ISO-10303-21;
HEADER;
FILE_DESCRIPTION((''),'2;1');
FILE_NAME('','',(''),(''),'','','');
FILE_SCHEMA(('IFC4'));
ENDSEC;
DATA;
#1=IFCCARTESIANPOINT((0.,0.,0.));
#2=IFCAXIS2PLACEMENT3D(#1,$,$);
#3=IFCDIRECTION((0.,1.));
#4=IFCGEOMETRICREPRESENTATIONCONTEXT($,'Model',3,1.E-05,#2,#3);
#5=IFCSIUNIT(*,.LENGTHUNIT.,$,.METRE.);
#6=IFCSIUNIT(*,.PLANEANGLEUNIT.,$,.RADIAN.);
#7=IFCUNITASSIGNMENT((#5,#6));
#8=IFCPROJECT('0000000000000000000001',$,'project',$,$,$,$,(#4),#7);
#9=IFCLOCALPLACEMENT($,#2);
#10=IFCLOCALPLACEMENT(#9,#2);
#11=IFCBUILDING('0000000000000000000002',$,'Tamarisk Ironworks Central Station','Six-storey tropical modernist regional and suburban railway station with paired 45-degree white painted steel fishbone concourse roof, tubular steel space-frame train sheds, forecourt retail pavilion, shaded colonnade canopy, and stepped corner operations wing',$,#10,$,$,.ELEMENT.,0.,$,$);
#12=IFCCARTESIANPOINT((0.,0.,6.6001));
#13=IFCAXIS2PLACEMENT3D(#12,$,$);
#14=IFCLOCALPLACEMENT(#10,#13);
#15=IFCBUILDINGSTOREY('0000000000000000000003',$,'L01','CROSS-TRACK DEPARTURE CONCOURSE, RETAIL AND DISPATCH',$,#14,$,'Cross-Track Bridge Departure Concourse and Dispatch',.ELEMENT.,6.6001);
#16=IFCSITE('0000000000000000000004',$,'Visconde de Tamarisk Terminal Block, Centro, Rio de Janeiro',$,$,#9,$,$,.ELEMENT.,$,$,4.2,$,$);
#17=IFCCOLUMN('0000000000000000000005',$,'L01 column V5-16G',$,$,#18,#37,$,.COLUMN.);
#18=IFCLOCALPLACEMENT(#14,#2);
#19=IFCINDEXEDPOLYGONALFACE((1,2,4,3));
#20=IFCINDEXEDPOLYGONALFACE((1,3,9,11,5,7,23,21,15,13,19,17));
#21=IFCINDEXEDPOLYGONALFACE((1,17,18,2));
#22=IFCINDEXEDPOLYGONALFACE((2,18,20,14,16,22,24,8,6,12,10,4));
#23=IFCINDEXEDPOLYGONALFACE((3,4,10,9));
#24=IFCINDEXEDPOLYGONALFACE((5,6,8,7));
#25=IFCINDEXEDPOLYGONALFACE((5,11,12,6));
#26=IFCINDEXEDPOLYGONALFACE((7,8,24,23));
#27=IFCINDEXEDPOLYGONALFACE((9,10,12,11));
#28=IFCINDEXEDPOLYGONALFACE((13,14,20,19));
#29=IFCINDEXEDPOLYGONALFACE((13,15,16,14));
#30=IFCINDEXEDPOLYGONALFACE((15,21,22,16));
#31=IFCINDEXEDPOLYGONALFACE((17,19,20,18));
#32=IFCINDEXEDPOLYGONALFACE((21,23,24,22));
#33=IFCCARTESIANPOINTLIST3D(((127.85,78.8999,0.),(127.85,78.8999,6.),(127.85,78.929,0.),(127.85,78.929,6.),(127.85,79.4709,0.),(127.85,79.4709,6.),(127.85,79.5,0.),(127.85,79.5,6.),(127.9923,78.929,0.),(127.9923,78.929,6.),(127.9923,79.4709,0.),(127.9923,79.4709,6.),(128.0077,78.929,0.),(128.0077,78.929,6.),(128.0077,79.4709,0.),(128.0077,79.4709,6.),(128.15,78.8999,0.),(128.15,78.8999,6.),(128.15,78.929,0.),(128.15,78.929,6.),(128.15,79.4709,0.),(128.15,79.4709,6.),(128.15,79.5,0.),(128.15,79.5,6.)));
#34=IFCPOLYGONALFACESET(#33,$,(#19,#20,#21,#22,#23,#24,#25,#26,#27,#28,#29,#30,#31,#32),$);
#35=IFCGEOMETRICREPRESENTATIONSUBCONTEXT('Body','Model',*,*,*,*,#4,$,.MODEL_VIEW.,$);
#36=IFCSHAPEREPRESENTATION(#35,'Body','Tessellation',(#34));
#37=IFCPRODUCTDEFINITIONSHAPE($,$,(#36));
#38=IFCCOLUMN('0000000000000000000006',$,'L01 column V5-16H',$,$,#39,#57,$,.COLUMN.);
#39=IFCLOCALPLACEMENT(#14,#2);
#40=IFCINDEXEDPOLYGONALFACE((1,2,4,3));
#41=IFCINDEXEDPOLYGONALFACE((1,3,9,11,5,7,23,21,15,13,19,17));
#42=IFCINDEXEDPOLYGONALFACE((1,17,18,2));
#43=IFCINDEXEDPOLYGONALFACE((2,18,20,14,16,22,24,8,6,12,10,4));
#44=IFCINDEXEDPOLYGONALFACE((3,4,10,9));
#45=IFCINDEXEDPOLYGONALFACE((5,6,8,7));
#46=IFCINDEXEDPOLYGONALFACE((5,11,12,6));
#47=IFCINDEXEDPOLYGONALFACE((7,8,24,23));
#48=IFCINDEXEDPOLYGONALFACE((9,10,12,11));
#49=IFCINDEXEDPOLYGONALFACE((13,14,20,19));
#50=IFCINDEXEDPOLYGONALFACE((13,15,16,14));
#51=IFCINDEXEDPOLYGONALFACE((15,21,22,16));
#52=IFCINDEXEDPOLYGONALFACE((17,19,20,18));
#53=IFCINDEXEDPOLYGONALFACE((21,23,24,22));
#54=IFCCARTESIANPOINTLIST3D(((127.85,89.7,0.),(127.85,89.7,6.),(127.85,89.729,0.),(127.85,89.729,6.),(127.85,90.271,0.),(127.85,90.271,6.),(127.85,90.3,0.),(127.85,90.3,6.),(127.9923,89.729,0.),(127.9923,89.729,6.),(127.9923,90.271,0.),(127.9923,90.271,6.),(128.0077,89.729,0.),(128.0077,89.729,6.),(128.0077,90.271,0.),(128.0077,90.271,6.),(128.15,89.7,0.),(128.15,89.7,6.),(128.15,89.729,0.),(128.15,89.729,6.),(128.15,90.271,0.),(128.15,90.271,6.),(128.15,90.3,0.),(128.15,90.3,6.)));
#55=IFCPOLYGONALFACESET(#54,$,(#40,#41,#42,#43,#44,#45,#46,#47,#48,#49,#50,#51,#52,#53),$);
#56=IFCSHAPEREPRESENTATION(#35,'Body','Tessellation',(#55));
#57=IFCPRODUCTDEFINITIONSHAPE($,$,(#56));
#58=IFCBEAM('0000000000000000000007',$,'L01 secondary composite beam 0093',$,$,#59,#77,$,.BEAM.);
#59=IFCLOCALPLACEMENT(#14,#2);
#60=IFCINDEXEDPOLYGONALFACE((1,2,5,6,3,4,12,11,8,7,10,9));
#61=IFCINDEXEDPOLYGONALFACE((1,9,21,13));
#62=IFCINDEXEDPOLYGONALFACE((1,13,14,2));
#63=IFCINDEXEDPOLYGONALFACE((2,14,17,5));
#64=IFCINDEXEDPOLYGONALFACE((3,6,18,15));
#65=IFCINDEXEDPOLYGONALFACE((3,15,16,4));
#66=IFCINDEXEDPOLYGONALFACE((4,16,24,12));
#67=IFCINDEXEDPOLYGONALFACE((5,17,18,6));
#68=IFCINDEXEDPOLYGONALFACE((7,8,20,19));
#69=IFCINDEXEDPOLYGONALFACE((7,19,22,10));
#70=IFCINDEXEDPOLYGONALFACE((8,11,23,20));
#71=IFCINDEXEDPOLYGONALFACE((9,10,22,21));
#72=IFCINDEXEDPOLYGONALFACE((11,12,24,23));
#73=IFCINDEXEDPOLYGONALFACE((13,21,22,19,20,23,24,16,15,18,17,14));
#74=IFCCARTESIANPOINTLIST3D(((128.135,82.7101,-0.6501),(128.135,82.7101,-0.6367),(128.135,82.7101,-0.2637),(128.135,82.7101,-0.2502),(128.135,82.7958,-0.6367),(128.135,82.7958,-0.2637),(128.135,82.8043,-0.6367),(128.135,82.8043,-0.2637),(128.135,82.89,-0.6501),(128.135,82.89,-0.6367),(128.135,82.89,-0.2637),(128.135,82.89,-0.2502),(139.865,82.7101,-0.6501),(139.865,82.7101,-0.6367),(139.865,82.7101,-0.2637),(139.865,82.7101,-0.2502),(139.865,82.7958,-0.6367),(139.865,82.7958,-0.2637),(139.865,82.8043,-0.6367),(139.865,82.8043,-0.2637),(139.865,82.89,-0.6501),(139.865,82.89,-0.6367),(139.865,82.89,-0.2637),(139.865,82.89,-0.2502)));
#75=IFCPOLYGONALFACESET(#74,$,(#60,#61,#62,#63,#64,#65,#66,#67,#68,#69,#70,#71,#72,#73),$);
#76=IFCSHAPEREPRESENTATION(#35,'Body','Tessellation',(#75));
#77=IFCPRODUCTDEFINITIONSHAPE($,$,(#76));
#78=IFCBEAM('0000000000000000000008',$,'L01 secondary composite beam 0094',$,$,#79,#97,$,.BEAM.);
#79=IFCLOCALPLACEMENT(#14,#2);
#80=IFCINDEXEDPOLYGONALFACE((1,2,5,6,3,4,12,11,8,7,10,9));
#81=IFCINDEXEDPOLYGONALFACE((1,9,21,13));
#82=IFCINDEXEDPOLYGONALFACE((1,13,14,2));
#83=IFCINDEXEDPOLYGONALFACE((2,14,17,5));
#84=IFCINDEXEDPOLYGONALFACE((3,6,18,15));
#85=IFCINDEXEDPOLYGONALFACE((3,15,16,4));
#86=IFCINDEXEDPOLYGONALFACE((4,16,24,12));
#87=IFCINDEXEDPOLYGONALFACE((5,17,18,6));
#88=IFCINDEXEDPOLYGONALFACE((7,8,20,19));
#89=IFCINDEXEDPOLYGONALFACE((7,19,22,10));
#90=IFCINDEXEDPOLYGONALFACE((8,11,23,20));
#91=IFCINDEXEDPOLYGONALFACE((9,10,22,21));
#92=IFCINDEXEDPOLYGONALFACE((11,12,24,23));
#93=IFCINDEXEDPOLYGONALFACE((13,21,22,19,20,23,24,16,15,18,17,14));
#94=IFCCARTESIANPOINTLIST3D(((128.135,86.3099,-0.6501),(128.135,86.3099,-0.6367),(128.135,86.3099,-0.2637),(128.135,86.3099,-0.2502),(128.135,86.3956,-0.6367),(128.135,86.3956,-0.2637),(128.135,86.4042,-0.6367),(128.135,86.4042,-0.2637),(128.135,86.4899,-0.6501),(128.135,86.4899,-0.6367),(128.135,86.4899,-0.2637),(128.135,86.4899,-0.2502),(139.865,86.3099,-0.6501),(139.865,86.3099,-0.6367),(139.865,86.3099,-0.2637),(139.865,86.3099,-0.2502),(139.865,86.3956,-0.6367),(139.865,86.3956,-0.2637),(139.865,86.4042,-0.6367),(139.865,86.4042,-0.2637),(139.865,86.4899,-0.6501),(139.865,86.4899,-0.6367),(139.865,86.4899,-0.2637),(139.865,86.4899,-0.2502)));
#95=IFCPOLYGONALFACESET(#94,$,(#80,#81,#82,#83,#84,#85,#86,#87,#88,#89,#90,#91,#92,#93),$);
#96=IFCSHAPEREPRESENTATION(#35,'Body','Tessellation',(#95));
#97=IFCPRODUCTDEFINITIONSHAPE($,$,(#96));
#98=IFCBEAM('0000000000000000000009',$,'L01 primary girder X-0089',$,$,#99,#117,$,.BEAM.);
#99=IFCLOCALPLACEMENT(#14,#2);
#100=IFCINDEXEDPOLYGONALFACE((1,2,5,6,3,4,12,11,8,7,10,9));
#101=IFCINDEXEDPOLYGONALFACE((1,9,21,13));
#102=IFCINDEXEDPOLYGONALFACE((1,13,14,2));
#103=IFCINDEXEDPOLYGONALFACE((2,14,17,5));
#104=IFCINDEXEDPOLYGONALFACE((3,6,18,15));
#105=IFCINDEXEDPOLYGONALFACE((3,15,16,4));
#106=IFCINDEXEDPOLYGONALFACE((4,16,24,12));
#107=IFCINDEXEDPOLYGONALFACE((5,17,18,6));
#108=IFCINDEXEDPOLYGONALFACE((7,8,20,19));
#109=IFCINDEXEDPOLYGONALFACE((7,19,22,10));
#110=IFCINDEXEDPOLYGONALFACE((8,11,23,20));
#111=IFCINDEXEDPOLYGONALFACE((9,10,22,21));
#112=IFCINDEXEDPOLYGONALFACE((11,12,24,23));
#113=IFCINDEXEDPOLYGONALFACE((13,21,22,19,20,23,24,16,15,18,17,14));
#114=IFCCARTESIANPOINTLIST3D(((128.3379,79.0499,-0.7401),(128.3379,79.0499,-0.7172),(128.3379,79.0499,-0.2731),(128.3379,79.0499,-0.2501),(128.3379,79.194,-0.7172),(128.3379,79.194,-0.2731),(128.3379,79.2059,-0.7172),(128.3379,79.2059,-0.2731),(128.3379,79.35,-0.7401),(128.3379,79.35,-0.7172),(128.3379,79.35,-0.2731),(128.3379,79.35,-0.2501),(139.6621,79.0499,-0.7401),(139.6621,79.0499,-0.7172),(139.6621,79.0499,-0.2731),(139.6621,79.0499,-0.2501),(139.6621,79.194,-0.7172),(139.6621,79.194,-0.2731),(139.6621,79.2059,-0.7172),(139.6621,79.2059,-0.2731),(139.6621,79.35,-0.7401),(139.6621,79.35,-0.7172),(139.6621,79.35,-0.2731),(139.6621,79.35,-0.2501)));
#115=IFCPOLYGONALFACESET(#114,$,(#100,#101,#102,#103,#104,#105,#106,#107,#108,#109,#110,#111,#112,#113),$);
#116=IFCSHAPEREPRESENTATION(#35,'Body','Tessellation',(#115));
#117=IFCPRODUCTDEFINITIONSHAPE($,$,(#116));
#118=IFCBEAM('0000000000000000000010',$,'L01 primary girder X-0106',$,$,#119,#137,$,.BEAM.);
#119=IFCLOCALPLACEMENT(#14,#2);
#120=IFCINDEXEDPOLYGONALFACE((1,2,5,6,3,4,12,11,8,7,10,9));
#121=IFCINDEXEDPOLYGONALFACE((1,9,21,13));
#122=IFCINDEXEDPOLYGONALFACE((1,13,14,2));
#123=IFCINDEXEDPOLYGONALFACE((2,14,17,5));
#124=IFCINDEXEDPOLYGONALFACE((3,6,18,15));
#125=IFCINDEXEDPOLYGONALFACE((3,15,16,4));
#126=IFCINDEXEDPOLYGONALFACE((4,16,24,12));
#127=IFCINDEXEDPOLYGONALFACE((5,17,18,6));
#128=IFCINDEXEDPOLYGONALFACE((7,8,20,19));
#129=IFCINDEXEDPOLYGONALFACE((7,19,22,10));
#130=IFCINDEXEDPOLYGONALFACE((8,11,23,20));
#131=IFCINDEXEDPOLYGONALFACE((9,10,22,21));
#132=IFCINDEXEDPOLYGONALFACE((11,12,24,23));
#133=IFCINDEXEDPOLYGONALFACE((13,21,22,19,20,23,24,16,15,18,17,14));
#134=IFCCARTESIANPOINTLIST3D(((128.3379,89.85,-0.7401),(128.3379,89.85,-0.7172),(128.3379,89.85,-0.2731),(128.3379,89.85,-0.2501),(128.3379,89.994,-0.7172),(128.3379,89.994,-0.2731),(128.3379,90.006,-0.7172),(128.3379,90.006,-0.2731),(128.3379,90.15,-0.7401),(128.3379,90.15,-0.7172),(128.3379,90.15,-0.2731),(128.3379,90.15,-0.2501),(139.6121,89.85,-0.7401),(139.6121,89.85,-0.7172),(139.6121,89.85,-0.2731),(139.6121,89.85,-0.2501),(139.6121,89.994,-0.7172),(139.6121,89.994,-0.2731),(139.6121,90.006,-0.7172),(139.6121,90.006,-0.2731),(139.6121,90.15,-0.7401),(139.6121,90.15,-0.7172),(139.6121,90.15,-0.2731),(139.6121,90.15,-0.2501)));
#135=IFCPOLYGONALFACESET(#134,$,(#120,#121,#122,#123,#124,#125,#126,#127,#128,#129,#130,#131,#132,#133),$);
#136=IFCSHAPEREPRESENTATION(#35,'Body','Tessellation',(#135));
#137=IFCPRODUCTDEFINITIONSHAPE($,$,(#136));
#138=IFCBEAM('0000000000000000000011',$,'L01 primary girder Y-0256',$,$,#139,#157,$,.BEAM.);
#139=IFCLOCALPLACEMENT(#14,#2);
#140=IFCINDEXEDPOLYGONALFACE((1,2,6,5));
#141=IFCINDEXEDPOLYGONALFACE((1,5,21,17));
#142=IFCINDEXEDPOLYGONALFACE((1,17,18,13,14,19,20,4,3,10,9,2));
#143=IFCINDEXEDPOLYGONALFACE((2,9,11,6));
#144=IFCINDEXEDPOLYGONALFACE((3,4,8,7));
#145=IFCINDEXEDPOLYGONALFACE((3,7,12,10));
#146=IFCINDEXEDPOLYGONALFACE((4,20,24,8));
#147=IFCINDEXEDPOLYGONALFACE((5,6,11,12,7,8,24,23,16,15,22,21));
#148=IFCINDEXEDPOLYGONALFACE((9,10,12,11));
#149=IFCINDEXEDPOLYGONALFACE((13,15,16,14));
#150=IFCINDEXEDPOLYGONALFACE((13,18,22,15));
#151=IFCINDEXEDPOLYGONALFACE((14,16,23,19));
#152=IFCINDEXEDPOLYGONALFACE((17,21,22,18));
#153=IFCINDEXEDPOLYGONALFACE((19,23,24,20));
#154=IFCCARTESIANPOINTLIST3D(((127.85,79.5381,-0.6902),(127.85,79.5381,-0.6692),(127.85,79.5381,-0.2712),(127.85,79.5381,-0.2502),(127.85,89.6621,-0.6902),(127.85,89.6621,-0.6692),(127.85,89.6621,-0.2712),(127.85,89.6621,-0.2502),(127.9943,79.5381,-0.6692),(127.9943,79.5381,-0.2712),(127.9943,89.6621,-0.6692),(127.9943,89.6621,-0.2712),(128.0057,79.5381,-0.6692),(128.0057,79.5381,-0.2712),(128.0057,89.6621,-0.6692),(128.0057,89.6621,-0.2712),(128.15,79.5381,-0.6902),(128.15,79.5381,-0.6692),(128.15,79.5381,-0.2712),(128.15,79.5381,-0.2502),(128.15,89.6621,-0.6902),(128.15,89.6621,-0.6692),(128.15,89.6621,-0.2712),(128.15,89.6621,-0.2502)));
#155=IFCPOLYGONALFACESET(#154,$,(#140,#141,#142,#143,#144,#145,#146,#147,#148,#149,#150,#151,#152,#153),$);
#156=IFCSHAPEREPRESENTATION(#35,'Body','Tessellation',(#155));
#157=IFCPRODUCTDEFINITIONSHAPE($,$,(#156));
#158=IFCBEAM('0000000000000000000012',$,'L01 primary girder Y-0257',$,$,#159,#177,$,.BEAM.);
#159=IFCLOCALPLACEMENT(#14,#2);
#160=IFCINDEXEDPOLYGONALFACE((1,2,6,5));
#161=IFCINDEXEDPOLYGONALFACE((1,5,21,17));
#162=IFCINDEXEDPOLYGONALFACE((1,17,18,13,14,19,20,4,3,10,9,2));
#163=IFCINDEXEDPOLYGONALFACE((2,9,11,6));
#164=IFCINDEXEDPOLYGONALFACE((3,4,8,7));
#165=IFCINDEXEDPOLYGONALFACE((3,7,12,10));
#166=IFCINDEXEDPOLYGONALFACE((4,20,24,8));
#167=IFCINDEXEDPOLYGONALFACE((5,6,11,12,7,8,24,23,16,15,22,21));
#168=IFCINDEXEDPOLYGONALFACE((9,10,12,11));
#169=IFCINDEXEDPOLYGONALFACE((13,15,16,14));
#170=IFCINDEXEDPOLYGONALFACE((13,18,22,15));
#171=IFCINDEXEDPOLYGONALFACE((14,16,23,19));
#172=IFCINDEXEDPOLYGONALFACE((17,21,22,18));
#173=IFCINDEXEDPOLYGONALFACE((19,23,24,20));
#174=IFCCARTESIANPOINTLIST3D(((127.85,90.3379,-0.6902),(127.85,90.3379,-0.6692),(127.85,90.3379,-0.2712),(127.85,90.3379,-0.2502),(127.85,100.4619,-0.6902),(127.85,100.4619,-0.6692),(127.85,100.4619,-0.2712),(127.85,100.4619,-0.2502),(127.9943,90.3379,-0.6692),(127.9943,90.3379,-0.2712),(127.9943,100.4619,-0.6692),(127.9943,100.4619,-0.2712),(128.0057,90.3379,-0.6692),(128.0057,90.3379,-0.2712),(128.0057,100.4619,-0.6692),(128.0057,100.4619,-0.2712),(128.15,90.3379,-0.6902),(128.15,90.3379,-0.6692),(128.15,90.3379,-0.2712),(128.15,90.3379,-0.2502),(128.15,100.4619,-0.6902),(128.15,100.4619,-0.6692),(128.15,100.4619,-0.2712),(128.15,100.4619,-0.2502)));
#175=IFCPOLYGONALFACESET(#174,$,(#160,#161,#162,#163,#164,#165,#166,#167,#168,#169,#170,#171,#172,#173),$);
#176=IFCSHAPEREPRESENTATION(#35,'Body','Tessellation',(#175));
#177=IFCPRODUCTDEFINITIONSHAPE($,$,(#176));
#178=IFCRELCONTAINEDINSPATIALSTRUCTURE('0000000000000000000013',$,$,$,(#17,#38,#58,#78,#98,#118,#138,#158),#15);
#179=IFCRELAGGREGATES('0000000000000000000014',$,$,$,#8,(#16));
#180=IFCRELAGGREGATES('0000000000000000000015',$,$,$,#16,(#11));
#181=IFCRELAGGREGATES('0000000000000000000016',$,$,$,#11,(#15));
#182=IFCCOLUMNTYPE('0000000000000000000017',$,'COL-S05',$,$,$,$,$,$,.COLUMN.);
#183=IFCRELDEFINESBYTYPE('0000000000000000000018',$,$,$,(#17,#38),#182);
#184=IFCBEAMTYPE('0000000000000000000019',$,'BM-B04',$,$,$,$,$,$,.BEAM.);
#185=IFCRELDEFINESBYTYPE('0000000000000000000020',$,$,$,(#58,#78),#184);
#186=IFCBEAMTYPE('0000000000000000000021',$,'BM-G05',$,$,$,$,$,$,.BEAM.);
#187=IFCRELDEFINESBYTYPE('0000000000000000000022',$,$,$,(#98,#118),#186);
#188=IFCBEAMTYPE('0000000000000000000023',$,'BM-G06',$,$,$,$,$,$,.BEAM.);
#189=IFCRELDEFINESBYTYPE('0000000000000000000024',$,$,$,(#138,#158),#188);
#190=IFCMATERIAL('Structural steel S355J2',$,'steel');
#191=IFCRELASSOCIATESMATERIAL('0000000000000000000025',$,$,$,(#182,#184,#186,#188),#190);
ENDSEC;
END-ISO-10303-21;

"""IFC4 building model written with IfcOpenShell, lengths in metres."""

from ifc_helpers import new_model, si_unit, direction, frame, origin, origin_2d, place, context, subcontext, project, spatial, i_section, extrude, material, material_profile, profile_set, type_object, element, save


model = new_model("IFC4")

# Units and contexts
model_context = context("Model", 3, precision=1e-05, world=origin(), true_north=direction((0.0, 1.0)))
body_context = subcontext(model_context, "Body", "Model", "MODEL_VIEW")
ifc_project = project(units=[si_unit("LENGTHUNIT", "METRE"), si_unit("PLANEANGLEUNIT", "RADIAN")], contexts=[model_context])

# Site, building, storey
site_placement = place(None, origin())
site = spatial("IfcSite", under=ifc_project, at=site_placement, Name="Visconde de Tamarisk Terminal Block, Centro, Rio de Janeiro", CompositionType="ELEMENT", RefElevation=4.2)
building_placement = place(site_placement, origin())
building = spatial("IfcBuilding", under=site, at=building_placement, Name="Tamarisk Ironworks Central Station", Description="Six-storey tropical modernist regional and suburban railway station with paired 45-degree white painted steel fishbone concourse roof, tubular steel space-frame train sheds, forecourt retail pavilion, shaded colonnade canopy, and stepped corner operations wing", CompositionType="ELEMENT", ElevationOfRefHeight=0.0)
storey_placement = place(building_placement, frame((0.0, 0.0, 6.6001)))
storey = spatial("IfcBuildingStorey", under=building, at=storey_placement, Name="L01", Description="CROSS-TRACK DEPARTURE CONCOURSE, RETAIL AND DISPATCH", LongName="Cross-Track Bridge Departure Concourse and Dispatch", CompositionType="ELEMENT", Elevation=6.6001)

# Columns
ifc_material_1 = material(Name="Structural steel S355J2", Category="steel")
ifc_material_profile_1 = material_profile(ifc_material_1, i_section(OverallWidth=0.3, OverallDepth=0.6001, WebThickness=0.0154, FlangeThickness=0.0291, at=origin_2d()), Name="HEB 600")
ifc_profile_set_1 = profile_set([ifc_material_profile_1], Name="Structural steel S355J2")
column_type = type_object("IfcColumnType", Name="COL-S05", PredefinedType="COLUMN", material=ifc_profile_set_1)
for number, where, z_axis, x_axis, name in (
    (1, (128.0, 79.2, 0.0), (0.0, 0.0, 1.0), (1.0, 0.0, 0.0), "L01 column V5-16G"),
    (2, (128.0, 90.0, 0.0), (0.0, 0.0, 1.0), (1.0, 0.0, 0.0), "L01 column V5-16H"),
):
    element("IfcColumn", number, at=place(storey_placement, frame(where, z_axis=z_axis, x_axis=x_axis)), inside=storey, type_object=column_type, Name=name, PredefinedType="COLUMN", context=body_context, shape_type="SweptSolid", body=[
        extrude(i_section(OverallWidth=0.3, OverallDepth=0.6001, WebThickness=0.0154, FlangeThickness=0.0291, at=origin_2d()), origin(), (0.0, 0.0, 1.0), 6.0),
    ])

# Beams
ifc_material_profile_2 = material_profile(ifc_material_1, i_section(OverallWidth=0.1799, OverallDepth=0.3999, WebThickness=0.0085, FlangeThickness=0.0134, at=origin_2d()), Name="IPE 400")
ifc_profile_set_2 = profile_set([ifc_material_profile_2], Name="Structural steel S355J2")
beam_type_1 = type_object("IfcBeamType", Name="BM-B04", PredefinedType="BEAM", material=ifc_profile_set_2)
for number, where, z_axis, x_axis, name in (
    (3, (128.135, 82.8, -0.4502), (1.0, 0.0, 0.0), (0.0, 1.0, 0.0), "L01 secondary composite beam 0093"),
    (4, (128.135, 86.3999, -0.4502), (1.0, 0.0, 0.0), (0.0, 1.0, 0.0), "L01 secondary composite beam 0094"),
):
    element("IfcBeam", number, at=place(storey_placement, frame(where, z_axis=z_axis, x_axis=x_axis)), inside=storey, type_object=beam_type_1, Name=name, PredefinedType="BEAM", context=body_context, shape_type="SweptSolid", body=[
        extrude(i_section(OverallWidth=0.1799, OverallDepth=0.3999, WebThickness=0.0085, FlangeThickness=0.0134, at=origin_2d()), origin(), (0.0, 0.0, 1.0), 11.73),
    ])
ifc_material_profile_3 = material_profile(ifc_material_1, i_section(OverallWidth=0.3, OverallDepth=0.49, WebThickness=0.012, FlangeThickness=0.0229, at=origin_2d()), Name="HEA 500")
ifc_profile_set_3 = profile_set([ifc_material_profile_3], Name="Structural steel S355J2")
beam_type_2 = type_object("IfcBeamType", Name="BM-G05", PredefinedType="BEAM", material=ifc_profile_set_3)
beam_1_placement = place(storey_placement, frame((128.3379, 79.2, -0.4951), z_axis=(1.0, 0.0, 0.0), x_axis=(0.0, 1.0, 0.0)))
element("IfcBeam", 5, at=beam_1_placement, inside=storey, type_object=beam_type_2, Name="L01 primary girder X-0089", PredefinedType="BEAM", context=body_context, shape_type="SweptSolid", body=[
    extrude(i_section(OverallWidth=0.3, OverallDepth=0.49, WebThickness=0.012, FlangeThickness=0.0229, at=origin_2d()), origin(), (0.0, 0.0, 1.0), 11.3242),
])
beam_2_placement = place(storey_placement, frame((128.3379, 90.0, -0.4951), z_axis=(1.0, 0.0, 0.0), x_axis=(0.0, 1.0, 0.0)))
element("IfcBeam", 6, at=beam_2_placement, inside=storey, type_object=beam_type_2, Name="L01 primary girder X-0106", PredefinedType="BEAM", context=body_context, shape_type="SweptSolid", body=[
    extrude(i_section(OverallWidth=0.3, OverallDepth=0.49, WebThickness=0.012, FlangeThickness=0.0229, at=origin_2d()), origin(), (0.0, 0.0, 1.0), 11.2742),
])
ifc_material_profile_4 = material_profile(ifc_material_1, i_section(OverallWidth=0.3, OverallDepth=0.4399, WebThickness=0.0115, FlangeThickness=0.021, at=origin_2d()), Name="HEA 450")
ifc_profile_set_4 = profile_set([ifc_material_profile_4], Name="Structural steel S355J2")
beam_type_3 = type_object("IfcBeamType", Name="BM-G06", PredefinedType="BEAM", material=ifc_profile_set_4)
for number, where, z_axis, x_axis, name in (
    (7, (128.0, 79.5381, -0.4702), (0.0, 1.0, 0.0), (-1.0, 0.0, 0.0), "L01 primary girder Y-0256"),
    (8, (128.0, 90.3379, -0.4702), (0.0, 1.0, 0.0), (-1.0, 0.0, 0.0), "L01 primary girder Y-0257"),
):
    element("IfcBeam", number, at=place(storey_placement, frame(where, z_axis=z_axis, x_axis=x_axis)), inside=storey, type_object=beam_type_3, Name=name, PredefinedType="BEAM", context=body_context, shape_type="SweptSolid", body=[
        extrude(i_section(OverallWidth=0.3, OverallDepth=0.4399, WebThickness=0.0115, FlangeThickness=0.021, at=origin_2d()), origin(), (0.0, 0.0, 1.0), 10.124),
    ])

save(model, "model.ifc")
